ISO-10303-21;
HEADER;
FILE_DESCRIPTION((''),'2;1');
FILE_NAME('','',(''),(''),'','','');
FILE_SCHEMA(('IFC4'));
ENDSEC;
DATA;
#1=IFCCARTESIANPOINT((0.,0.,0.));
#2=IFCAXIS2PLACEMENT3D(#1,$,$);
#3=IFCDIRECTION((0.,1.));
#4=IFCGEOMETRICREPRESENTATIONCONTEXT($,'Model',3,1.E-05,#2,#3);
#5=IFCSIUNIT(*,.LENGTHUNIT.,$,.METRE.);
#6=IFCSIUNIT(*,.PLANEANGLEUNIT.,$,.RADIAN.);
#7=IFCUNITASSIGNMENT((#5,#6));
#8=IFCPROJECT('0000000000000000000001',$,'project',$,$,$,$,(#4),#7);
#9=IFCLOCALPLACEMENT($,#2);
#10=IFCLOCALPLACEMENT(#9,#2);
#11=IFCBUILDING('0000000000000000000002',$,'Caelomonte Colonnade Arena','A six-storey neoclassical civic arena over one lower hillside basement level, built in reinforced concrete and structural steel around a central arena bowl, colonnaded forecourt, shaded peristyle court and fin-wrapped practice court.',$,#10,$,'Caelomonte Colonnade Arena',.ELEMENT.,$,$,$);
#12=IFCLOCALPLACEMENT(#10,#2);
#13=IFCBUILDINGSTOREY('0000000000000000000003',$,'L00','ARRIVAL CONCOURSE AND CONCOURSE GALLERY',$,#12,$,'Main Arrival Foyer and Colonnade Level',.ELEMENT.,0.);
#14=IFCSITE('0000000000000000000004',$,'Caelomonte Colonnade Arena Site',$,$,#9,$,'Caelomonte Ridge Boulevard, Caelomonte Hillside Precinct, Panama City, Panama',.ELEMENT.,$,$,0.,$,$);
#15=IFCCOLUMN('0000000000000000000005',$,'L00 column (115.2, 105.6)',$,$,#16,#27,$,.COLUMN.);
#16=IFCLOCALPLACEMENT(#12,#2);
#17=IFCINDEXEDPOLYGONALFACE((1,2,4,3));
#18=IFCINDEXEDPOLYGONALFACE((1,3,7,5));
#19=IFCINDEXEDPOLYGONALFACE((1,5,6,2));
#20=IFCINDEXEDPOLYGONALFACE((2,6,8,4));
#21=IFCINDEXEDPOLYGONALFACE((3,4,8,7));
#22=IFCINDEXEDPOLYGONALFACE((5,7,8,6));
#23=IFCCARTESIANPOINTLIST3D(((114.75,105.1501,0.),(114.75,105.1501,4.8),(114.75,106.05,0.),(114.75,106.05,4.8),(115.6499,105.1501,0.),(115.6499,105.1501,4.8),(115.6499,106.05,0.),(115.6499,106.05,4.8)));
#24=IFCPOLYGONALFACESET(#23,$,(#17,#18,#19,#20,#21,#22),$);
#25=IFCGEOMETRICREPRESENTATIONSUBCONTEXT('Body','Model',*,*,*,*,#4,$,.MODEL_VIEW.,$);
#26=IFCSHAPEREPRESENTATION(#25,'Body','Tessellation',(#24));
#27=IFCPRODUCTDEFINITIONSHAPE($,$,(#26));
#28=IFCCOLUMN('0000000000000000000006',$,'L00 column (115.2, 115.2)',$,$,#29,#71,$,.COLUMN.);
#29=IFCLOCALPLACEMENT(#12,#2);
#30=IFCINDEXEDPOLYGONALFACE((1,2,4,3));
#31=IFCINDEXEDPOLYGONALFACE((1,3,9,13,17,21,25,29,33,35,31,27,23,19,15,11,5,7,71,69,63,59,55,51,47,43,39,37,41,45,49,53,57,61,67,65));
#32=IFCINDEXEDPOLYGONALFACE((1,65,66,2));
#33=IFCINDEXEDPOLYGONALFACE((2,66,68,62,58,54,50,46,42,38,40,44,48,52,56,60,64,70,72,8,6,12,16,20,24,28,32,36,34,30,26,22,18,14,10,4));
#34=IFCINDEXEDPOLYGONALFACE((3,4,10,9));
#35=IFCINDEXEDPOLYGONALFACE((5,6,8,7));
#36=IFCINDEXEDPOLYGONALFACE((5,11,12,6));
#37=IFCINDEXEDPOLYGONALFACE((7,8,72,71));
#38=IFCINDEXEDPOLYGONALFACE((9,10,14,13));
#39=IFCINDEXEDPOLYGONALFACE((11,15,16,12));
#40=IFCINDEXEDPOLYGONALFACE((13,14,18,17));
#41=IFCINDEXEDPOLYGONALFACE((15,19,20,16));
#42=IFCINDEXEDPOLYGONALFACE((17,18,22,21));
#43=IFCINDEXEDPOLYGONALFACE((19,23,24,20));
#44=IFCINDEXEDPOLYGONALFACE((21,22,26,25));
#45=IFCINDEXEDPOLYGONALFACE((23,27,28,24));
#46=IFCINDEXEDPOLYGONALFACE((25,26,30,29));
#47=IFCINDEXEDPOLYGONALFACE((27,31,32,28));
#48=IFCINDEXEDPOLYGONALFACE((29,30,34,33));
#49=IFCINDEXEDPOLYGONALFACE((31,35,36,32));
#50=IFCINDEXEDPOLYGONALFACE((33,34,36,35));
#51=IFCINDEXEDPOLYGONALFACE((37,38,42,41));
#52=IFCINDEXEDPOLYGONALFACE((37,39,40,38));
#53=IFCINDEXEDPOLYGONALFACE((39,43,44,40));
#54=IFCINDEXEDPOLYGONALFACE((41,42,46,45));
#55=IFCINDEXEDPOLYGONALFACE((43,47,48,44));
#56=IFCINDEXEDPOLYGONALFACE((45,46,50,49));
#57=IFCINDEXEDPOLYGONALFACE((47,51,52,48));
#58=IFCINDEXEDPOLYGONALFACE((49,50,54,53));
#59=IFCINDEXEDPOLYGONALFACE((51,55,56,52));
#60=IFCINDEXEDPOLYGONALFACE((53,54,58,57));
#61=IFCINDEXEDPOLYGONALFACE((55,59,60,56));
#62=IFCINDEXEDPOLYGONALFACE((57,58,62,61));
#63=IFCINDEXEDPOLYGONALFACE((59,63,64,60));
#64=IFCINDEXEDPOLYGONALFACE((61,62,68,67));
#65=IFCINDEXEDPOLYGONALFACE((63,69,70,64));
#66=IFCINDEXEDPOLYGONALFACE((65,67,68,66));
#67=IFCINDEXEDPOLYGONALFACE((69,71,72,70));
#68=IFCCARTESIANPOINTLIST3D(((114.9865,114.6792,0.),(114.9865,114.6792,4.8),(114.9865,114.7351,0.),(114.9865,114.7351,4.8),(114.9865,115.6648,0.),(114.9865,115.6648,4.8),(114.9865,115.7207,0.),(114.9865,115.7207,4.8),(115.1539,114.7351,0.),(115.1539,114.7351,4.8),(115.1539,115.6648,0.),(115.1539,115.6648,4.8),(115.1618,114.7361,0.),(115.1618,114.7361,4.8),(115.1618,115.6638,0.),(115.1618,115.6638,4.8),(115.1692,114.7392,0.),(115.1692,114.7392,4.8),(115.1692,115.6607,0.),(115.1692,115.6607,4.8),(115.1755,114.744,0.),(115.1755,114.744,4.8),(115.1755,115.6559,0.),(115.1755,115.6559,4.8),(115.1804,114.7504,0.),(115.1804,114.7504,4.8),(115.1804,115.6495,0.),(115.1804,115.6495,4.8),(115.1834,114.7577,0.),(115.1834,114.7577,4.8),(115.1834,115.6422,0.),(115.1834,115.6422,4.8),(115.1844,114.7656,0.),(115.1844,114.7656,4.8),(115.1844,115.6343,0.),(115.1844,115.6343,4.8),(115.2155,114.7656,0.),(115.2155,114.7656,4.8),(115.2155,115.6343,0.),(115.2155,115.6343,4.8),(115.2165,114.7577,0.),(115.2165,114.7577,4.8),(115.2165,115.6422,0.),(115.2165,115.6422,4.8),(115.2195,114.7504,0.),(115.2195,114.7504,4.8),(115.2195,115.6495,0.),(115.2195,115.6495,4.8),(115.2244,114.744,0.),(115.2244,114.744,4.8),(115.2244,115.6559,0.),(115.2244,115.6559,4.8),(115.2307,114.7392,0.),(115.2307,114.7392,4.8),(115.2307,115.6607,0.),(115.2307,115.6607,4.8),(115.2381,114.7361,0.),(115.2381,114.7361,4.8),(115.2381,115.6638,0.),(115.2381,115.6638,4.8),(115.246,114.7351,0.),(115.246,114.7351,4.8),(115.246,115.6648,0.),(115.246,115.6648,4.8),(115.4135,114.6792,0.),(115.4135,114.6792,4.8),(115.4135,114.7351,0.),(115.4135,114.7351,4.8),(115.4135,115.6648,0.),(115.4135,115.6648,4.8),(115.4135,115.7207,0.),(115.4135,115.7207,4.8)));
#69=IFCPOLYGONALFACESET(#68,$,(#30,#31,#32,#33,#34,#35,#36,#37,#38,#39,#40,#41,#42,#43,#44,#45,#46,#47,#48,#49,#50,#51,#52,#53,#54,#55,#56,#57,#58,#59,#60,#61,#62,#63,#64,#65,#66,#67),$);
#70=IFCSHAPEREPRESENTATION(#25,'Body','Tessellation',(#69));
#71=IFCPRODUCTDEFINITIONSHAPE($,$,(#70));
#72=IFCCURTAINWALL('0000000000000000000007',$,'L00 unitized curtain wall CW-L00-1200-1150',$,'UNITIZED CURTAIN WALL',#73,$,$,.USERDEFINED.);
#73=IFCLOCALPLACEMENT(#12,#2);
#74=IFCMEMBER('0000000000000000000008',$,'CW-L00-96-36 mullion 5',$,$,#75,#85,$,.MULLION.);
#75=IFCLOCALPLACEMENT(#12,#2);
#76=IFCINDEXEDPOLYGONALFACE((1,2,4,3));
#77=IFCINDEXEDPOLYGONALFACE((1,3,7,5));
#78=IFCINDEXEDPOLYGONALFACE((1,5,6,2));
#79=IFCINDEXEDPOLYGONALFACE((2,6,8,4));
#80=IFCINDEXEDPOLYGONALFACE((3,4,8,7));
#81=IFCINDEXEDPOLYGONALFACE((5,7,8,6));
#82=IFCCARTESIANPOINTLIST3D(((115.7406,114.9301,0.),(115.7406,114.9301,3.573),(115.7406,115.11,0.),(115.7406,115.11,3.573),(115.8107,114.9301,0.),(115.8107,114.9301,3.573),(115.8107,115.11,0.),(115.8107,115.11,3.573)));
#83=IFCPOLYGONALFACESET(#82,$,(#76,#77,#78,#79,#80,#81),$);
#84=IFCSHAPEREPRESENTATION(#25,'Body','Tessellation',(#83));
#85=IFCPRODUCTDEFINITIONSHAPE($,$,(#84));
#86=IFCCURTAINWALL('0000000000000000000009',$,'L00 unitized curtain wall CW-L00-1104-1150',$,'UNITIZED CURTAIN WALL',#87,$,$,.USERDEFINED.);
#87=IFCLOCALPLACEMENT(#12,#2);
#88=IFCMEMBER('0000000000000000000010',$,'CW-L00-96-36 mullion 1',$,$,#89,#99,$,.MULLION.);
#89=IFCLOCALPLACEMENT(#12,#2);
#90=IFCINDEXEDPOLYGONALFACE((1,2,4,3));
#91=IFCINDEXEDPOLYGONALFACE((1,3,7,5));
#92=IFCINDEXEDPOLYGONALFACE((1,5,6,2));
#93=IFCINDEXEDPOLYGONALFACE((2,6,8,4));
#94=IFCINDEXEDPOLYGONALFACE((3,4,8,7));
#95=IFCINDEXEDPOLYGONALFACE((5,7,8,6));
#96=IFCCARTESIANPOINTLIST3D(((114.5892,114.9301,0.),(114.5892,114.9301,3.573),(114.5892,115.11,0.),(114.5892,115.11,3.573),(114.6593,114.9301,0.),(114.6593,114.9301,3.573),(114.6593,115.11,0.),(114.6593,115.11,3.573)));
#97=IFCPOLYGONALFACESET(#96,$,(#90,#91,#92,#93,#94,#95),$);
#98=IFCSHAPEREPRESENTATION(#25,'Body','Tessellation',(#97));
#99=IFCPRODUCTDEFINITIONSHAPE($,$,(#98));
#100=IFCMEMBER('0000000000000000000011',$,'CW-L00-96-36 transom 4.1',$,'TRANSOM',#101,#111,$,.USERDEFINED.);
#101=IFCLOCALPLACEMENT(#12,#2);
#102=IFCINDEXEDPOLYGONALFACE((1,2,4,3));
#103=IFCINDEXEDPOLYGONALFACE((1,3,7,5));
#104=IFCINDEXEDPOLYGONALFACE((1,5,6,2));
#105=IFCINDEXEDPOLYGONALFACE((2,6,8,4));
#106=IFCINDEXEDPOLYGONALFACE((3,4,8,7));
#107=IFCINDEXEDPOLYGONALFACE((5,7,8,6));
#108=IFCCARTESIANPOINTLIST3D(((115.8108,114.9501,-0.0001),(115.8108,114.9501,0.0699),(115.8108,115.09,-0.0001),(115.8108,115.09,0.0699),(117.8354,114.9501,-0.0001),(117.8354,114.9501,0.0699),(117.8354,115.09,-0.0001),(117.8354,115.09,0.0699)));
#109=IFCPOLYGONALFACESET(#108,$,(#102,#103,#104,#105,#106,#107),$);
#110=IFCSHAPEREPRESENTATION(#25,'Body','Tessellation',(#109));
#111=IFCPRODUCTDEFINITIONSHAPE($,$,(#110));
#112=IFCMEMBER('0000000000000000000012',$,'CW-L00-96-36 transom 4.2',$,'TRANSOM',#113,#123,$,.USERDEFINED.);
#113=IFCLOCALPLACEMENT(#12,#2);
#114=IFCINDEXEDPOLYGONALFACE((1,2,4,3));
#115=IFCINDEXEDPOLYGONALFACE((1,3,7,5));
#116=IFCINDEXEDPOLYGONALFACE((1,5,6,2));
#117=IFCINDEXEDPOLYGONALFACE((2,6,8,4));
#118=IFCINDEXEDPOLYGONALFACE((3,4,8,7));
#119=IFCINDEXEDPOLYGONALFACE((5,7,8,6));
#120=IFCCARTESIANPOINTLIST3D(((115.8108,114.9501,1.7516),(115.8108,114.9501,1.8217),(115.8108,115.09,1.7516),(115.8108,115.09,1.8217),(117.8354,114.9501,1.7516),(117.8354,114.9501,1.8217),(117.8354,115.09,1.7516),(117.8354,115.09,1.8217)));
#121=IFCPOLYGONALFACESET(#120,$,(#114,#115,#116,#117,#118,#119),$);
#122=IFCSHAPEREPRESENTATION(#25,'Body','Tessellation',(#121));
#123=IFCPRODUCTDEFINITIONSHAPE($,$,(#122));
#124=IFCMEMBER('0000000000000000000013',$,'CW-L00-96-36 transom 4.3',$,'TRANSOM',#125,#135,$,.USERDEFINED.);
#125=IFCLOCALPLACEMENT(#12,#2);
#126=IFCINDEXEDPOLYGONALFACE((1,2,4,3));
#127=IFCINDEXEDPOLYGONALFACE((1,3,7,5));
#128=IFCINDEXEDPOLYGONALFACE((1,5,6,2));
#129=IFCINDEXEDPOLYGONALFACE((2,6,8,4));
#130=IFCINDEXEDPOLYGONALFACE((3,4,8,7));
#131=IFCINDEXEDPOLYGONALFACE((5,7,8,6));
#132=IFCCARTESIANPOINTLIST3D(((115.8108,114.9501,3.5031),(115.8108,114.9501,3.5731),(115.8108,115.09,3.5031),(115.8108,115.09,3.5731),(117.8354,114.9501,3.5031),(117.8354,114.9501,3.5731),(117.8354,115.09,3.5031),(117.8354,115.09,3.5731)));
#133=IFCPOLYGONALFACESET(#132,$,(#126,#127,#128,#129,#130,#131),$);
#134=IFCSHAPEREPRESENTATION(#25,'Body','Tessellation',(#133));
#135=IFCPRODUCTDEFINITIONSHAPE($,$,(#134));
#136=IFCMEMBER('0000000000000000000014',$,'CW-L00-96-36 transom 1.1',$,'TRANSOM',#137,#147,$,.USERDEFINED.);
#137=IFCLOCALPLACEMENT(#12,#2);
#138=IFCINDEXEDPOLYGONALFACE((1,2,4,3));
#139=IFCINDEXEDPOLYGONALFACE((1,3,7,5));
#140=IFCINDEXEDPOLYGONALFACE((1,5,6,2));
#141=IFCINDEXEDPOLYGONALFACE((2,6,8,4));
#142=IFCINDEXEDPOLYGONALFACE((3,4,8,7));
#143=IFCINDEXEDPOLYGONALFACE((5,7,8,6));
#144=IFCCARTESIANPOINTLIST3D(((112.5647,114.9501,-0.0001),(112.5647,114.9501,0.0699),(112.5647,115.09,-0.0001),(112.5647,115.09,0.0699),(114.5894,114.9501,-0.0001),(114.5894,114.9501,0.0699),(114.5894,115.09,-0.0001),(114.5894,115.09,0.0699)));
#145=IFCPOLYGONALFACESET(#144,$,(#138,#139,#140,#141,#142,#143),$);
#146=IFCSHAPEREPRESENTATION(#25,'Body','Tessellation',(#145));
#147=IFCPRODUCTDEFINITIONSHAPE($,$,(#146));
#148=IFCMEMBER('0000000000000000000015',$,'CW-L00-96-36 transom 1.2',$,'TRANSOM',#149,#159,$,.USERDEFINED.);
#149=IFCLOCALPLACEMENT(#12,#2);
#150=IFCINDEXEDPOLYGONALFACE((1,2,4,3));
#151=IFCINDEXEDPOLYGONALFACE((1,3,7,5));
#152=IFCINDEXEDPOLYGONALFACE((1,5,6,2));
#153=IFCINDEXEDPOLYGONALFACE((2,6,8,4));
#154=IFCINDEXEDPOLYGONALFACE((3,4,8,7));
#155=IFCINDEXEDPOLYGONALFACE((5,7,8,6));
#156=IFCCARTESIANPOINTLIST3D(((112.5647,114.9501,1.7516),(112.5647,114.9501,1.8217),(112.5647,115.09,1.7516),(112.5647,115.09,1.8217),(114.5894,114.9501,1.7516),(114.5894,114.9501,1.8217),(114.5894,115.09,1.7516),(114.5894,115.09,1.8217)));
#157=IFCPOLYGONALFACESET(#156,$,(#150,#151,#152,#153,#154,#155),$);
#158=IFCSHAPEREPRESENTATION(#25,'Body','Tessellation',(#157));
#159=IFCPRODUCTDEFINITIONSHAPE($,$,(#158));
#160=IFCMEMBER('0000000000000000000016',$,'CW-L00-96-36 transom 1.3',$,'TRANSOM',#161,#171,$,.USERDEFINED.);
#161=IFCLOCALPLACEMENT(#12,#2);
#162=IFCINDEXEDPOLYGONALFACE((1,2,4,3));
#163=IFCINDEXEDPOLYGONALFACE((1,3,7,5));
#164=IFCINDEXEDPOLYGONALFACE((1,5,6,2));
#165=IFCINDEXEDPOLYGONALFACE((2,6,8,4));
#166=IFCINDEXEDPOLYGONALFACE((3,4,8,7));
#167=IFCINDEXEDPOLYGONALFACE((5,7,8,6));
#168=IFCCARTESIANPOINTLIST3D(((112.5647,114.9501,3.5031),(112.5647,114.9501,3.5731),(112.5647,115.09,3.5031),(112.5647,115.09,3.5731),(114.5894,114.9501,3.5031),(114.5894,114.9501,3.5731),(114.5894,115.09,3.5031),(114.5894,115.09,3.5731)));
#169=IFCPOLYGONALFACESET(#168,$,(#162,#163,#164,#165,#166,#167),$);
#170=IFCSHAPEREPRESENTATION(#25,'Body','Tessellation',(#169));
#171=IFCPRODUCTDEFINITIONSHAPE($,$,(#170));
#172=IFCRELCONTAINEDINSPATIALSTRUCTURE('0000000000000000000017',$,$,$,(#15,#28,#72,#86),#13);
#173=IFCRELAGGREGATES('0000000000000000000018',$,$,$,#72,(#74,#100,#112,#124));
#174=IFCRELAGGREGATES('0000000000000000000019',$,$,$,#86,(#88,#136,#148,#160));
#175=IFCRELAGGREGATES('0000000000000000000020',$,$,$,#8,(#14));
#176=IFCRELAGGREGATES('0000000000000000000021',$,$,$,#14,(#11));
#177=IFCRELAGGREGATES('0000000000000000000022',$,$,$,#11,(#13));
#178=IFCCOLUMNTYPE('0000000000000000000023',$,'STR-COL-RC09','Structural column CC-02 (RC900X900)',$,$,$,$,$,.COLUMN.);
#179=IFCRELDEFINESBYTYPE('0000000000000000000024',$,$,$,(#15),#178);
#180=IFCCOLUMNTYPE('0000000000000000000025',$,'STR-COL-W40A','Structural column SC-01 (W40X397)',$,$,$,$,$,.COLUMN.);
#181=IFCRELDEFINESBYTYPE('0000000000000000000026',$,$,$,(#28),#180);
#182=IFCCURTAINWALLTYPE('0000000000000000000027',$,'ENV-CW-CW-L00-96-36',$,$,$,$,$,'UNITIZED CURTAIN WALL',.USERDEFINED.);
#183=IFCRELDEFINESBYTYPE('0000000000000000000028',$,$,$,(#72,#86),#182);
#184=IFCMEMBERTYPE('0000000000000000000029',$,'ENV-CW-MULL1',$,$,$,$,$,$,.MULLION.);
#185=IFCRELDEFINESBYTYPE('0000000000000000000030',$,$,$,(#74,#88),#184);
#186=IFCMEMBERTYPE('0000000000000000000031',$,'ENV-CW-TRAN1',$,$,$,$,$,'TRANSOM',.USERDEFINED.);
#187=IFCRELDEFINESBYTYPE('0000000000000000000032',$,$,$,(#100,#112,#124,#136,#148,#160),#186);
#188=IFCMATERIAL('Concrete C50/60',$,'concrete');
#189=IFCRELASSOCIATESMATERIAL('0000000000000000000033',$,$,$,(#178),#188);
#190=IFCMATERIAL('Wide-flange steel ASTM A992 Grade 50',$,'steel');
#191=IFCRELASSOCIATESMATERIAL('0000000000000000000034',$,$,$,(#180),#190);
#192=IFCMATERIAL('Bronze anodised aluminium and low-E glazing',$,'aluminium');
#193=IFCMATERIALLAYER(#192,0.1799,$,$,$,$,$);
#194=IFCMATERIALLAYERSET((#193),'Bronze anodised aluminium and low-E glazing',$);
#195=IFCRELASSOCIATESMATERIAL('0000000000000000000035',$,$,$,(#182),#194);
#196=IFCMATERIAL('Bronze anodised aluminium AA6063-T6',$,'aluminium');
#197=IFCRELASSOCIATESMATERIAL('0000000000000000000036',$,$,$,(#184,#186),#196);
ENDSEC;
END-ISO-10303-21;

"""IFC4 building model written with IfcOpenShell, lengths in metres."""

from ifc_helpers import new_model, si_unit, direction, frame, origin, origin_2d, place, context, subcontext, project, spatial, rectangle, i_section, extrude, material, layer, layer_set, material_profile, profile_set, type_object, element, aggregate, save


model = new_model("IFC4")

# Units and contexts
model_context = context("Model", 3, precision=1e-05, world=origin(), true_north=direction((0.0, 1.0)))
body_context = subcontext(model_context, "Body", "Model", "MODEL_VIEW")
ifc_project = project(units=[si_unit("LENGTHUNIT", "METRE"), si_unit("PLANEANGLEUNIT", "RADIAN")], contexts=[model_context])

# Site, building, storey
site_placement = place(None, origin())
site = spatial("IfcSite", under=ifc_project, at=site_placement, Name="Caelomonte Colonnade Arena Site", LongName="Caelomonte Ridge Boulevard, Caelomonte Hillside Precinct, Panama City, Panama", CompositionType="ELEMENT", RefElevation=0.0)
building_placement = place(site_placement, origin())
building = spatial("IfcBuilding", under=site, at=building_placement, Name="Caelomonte Colonnade Arena", Description="A six-storey neoclassical civic arena over one lower hillside basement level, built in reinforced concrete and structural steel around a central arena bowl, colonnaded forecourt, shaded peristyle court and fin-wrapped practice court.", LongName="Caelomonte Colonnade Arena", CompositionType="ELEMENT")
storey_placement = place(building_placement, origin())
storey = spatial("IfcBuildingStorey", under=building, at=storey_placement, Name="L00", Description="ARRIVAL CONCOURSE AND CONCOURSE GALLERY", LongName="Main Arrival Foyer and Colonnade Level", CompositionType="ELEMENT", Elevation=0.0)

# Columns
ifc_material_1 = material(Name="Concrete C50/60", Category="concrete")
ifc_material_profile_1 = material_profile(ifc_material_1, rectangle(XDim=0.8999, YDim=0.8999, at=origin_2d()), Name="RC900X900")
ifc_profile_set_1 = profile_set([ifc_material_profile_1], Name="Concrete C50/60")
column_type_1 = type_object("IfcColumnType", Name="STR-COL-RC09", Description="Structural column CC-02 (RC900X900)", PredefinedType="COLUMN", material=ifc_profile_set_1)
column_1_placement = place(storey_placement, frame((115.2, 105.6001, 0.0), z_axis=(0.0, 0.0, 1.0), x_axis=(1.0, 0.0, 0.0)))
element("IfcColumn", 1, at=column_1_placement, inside=storey, type_object=column_type_1, Name="L00 column (115.2, 105.6)", PredefinedType="COLUMN", context=body_context, shape_type="SweptSolid", body=[
    extrude(rectangle(XDim=0.8999, YDim=0.8999, at=origin_2d()), origin(), (0.0, 0.0, 1.0), 4.8),
])
ifc_material_2 = material(Name="Wide-flange steel ASTM A992 Grade 50", Category="steel")
ifc_material_profile_2 = material_profile(ifc_material_2, i_section(OverallWidth=0.427, OverallDepth=1.0415, WebThickness=0.031, FlangeThickness=0.0559, FilletRadius=0.0305, at=origin_2d()), Name="W40X397")
ifc_profile_set_2 = profile_set([ifc_material_profile_2], Name="Wide-flange steel ASTM A992 Grade 50")
column_type_2 = type_object("IfcColumnType", Name="STR-COL-W40A", Description="Structural column SC-01 (W40X397)", PredefinedType="COLUMN", material=ifc_profile_set_2)
column_2_placement = place(storey_placement, frame((115.2, 115.2, 0.0), z_axis=(0.0, 0.0, 1.0), x_axis=(1.0, 0.0, 0.0)))
element("IfcColumn", 2, at=column_2_placement, inside=storey, type_object=column_type_2, Name="L00 column (115.2, 115.2)", PredefinedType="COLUMN", context=body_context, shape_type="SweptSolid", body=[
    extrude(i_section(OverallWidth=0.427, OverallDepth=1.0415, WebThickness=0.031, FlangeThickness=0.0559, FilletRadius=0.0305, at=origin_2d()), origin(), (0.0, 0.0, 1.0), 4.8),
])

# Curtain walls, members
ifc_material_3 = material(Name="Bronze anodised aluminium and low-E glazing", Category="aluminium")
ifc_layer_1 = layer(ifc_material_3, 0.1799)
ifc_layer_set_1 = layer_set([ifc_layer_1], Name="Bronze anodised aluminium and low-E glazing")
curtain_wall_type = type_object("IfcCurtainWallType", Name="ENV-CW-CW-L00-96-36", ElementType="UNITIZED CURTAIN WALL", PredefinedType="USERDEFINED", material=ifc_layer_set_1)
curtain_wall_1_placement = place(storey_placement, origin())
curtain_wall_1 = element("IfcCurtainWall", 3, at=curtain_wall_1_placement, inside=storey, type_object=curtain_wall_type, Name="L00 unitized curtain wall CW-L00-1200-1150", ObjectType="UNITIZED CURTAIN WALL", PredefinedType="USERDEFINED")
ifc_material_4 = material(Name="Bronze anodised aluminium AA6063-T6", Category="aluminium")
ifc_material_profile_3 = material_profile(ifc_material_4, rectangle(XDim=0.0701, YDim=0.1799, at=origin_2d()), Name="CWM-70X180")
ifc_profile_set_3 = profile_set([ifc_material_profile_3], Name="Bronze anodised aluminium AA6063-T6")
member_type_1 = type_object("IfcMemberType", Name="ENV-CW-MULL1", PredefinedType="MULLION", material=ifc_profile_set_3)
member_1_placement = place(storey_placement, frame((115.7756, 115.02, 0.0), z_axis=(0.0, 0.0, 1.0), x_axis=(-1.0, 0.0, 0.0)))
member_1 = element("IfcMember", 4, at=member_1_placement, type_object=member_type_1, Name="CW-L00-96-36 mullion 5", PredefinedType="MULLION", context=body_context, shape_type="SweptSolid", body=[
    extrude(rectangle(XDim=0.0701, YDim=0.1799, at=origin_2d()), origin(), (0.0, 0.0, 1.0), 3.573),
])
curtain_wall_2_placement = place(storey_placement, origin())
curtain_wall_2 = element("IfcCurtainWall", 5, at=curtain_wall_2_placement, inside=storey, type_object=curtain_wall_type, Name="L00 unitized curtain wall CW-L00-1104-1150", ObjectType="UNITIZED CURTAIN WALL", PredefinedType="USERDEFINED")
member_2_placement = place(storey_placement, frame((114.6243, 115.02, 0.0), z_axis=(0.0, 0.0, 1.0), x_axis=(-1.0, 0.0, 0.0)))
member_2 = element("IfcMember", 6, at=member_2_placement, type_object=member_type_1, Name="CW-L00-96-36 mullion 1", PredefinedType="MULLION", context=body_context, shape_type="SweptSolid", body=[
    extrude(rectangle(XDim=0.0701, YDim=0.1799, at=origin_2d()), origin(), (0.0, 0.0, 1.0), 3.573),
])

# Members
ifc_material_profile_4 = material_profile(ifc_material_4, rectangle(XDim=0.0701, YDim=0.1399, at=origin_2d()), Name="CWT-70X140")
ifc_profile_set_4 = profile_set([ifc_material_profile_4], Name="Bronze anodised aluminium AA6063-T6")
member_type_2 = type_object("IfcMemberType", Name="ENV-CW-TRAN1", ElementType="TRANSOM", PredefinedType="USERDEFINED", material=ifc_profile_set_4)
member_3_placement = place(storey_placement, frame((117.8354, 115.02, 0.0349), z_axis=(-1.0, 0.0, 0.0), x_axis=(0.0, 0.0, 1.0)))
member_3 = element("IfcMember", 7, at=member_3_placement, type_object=member_type_2, Name="CW-L00-96-36 transom 4.1", ObjectType="TRANSOM", PredefinedType="USERDEFINED", context=body_context, shape_type="SweptSolid", body=[
    extrude(rectangle(XDim=0.0701, YDim=0.1399, at=origin_2d()), origin(), (0.0, 0.0, 1.0), 2.0247),
])
member_4_placement = place(storey_placement, frame((117.8354, 115.02, 1.7866), z_axis=(-1.0, 0.0, 0.0), x_axis=(0.0, 0.0, 1.0)))
member_4 = element("IfcMember", 8, at=member_4_placement, type_object=member_type_2, Name="CW-L00-96-36 transom 4.2", ObjectType="TRANSOM", PredefinedType="USERDEFINED", context=body_context, shape_type="SweptSolid", body=[
    extrude(rectangle(XDim=0.0701, YDim=0.1399, at=origin_2d()), origin(), (0.0, 0.0, 1.0), 2.0247),
])
member_5_placement = place(storey_placement, frame((117.8354, 115.02, 3.5381), z_axis=(-1.0, 0.0, 0.0), x_axis=(0.0, 0.0, 1.0)))
member_5 = element("IfcMember", 9, at=member_5_placement, type_object=member_type_2, Name="CW-L00-96-36 transom 4.3", ObjectType="TRANSOM", PredefinedType="USERDEFINED", context=body_context, shape_type="SweptSolid", body=[
    extrude(rectangle(XDim=0.0701, YDim=0.1399, at=origin_2d()), origin(), (0.0, 0.0, 1.0), 2.0247),
])
member_6_placement = place(storey_placement, frame((114.5894, 115.02, 0.0349), z_axis=(-1.0, 0.0, 0.0), x_axis=(0.0, 0.0, 1.0)))
member_6 = element("IfcMember", 10, at=member_6_placement, type_object=member_type_2, Name="CW-L00-96-36 transom 1.1", ObjectType="TRANSOM", PredefinedType="USERDEFINED", context=body_context, shape_type="SweptSolid", body=[
    extrude(rectangle(XDim=0.0701, YDim=0.1399, at=origin_2d()), origin(), (0.0, 0.0, 1.0), 2.0247),
])
member_7_placement = place(storey_placement, frame((114.5894, 115.02, 1.7866), z_axis=(-1.0, 0.0, 0.0), x_axis=(0.0, 0.0, 1.0)))
member_7 = element("IfcMember", 11, at=member_7_placement, type_object=member_type_2, Name="CW-L00-96-36 transom 1.2", ObjectType="TRANSOM", PredefinedType="USERDEFINED", context=body_context, shape_type="SweptSolid", body=[
    extrude(rectangle(XDim=0.0701, YDim=0.1399, at=origin_2d()), origin(), (0.0, 0.0, 1.0), 2.0247),
])
member_8_placement = place(storey_placement, frame((114.5894, 115.02, 3.5381), z_axis=(-1.0, 0.0, 0.0), x_axis=(0.0, 0.0, 1.0)))
member_8 = element("IfcMember", 12, at=member_8_placement, type_object=member_type_2, Name="CW-L00-96-36 transom 1.3", ObjectType="TRANSOM", PredefinedType="USERDEFINED", context=body_context, shape_type="SweptSolid", body=[
    extrude(rectangle(XDim=0.0701, YDim=0.1399, at=origin_2d()), origin(), (0.0, 0.0, 1.0), 2.0247),
])

aggregate(curtain_wall_1, [member_1, member_3, member_4, member_5])
aggregate(curtain_wall_2, [member_2, member_6, member_7, member_8])

save(model, "model.ifc")
